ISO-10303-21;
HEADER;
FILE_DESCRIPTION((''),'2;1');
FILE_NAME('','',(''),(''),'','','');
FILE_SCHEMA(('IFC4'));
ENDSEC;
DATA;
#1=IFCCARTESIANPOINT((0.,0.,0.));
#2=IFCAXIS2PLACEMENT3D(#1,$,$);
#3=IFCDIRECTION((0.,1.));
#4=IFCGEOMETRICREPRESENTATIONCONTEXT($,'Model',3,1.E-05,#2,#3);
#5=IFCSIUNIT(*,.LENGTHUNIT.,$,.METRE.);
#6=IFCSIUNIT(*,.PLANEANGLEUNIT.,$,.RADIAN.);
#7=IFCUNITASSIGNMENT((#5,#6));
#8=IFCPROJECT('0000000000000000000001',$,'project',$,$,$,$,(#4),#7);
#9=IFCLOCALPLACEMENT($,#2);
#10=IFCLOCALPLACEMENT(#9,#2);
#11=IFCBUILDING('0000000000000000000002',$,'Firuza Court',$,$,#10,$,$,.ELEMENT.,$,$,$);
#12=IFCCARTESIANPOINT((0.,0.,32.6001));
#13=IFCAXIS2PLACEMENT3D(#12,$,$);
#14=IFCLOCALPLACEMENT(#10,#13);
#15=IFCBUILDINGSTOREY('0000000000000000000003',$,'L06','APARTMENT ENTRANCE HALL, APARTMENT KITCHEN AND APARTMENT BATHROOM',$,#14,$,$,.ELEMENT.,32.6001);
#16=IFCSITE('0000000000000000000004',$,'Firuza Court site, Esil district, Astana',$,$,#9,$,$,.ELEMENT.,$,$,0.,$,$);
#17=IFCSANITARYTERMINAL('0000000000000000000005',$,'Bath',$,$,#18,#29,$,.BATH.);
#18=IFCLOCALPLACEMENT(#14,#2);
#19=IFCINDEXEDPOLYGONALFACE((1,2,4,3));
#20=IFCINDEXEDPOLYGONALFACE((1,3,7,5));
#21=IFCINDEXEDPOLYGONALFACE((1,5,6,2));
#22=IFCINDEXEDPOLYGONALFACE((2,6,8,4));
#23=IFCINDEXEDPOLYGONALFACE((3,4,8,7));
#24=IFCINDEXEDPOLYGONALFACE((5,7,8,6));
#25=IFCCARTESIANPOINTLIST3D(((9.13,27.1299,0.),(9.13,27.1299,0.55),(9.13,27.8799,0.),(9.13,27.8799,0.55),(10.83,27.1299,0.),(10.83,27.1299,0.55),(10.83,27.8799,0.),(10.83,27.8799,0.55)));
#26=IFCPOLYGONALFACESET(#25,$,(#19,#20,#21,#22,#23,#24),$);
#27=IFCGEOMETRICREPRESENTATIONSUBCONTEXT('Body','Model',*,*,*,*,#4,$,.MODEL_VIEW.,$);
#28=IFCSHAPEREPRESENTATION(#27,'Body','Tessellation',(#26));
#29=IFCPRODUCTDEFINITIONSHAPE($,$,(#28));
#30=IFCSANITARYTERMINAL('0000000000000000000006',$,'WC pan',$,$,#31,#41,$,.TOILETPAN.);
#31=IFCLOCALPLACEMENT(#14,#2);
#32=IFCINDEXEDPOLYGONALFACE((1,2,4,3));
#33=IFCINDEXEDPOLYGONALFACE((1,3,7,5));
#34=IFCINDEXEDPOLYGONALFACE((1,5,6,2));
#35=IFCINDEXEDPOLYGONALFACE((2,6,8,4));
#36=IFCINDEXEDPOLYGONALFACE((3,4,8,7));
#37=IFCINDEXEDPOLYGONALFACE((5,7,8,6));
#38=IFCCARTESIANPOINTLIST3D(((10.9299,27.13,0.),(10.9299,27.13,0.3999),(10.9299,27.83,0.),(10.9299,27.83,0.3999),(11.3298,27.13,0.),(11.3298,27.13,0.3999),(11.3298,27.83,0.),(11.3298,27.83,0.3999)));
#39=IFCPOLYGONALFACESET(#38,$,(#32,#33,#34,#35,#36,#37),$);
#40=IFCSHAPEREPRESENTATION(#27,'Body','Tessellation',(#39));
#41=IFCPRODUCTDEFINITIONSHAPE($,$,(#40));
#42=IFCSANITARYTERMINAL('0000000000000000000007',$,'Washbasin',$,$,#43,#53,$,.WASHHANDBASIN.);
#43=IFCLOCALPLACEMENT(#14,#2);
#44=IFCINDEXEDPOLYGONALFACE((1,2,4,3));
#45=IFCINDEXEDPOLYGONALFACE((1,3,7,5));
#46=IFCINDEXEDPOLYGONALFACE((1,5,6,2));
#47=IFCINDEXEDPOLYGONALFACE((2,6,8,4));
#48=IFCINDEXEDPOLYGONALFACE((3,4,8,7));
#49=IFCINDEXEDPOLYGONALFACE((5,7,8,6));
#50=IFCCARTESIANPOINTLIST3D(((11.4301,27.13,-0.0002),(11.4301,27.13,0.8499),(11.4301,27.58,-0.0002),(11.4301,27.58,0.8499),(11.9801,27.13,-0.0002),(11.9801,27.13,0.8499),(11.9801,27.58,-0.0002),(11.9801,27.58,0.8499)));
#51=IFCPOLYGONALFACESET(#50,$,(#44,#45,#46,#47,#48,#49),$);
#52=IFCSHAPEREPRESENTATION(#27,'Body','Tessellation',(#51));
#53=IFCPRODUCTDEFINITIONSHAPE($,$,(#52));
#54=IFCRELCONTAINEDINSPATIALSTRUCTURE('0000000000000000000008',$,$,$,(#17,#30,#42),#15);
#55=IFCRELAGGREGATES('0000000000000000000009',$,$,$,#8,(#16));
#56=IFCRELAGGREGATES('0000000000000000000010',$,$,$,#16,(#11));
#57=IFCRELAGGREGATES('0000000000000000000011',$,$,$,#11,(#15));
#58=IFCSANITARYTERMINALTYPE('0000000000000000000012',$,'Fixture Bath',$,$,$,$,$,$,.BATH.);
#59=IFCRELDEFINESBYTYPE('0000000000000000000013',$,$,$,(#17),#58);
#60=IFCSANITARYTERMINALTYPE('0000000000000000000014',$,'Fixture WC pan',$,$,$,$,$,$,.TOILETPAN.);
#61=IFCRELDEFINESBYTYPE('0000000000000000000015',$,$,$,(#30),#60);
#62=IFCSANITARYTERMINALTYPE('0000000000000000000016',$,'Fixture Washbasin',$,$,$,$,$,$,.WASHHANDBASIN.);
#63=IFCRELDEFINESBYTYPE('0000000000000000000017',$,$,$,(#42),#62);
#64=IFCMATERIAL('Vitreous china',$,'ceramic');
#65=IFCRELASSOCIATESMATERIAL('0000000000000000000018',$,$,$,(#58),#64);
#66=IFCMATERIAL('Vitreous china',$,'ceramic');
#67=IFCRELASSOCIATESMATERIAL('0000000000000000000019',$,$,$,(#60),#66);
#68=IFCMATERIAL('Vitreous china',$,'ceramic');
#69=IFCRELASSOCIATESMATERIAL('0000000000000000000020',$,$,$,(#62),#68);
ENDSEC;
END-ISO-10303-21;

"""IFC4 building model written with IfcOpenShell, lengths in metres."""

from ifc_helpers import new_model, si_unit, direction, frame, origin, origin_2d, place, context, subcontext, project, spatial, rectangle, extrude, material, type_object, element, save


model = new_model("IFC4")

# Units and contexts
model_context = context("Model", 3, precision=1e-05, world=origin(), true_north=direction((0.0, 1.0)))
body_context = subcontext(model_context, "Body", "Model", "MODEL_VIEW")
ifc_project = project(units=[si_unit("LENGTHUNIT", "METRE"), si_unit("PLANEANGLEUNIT", "RADIAN")], contexts=[model_context])

# Site, building, storey
site_placement = place(None, origin())
site = spatial("IfcSite", under=ifc_project, at=site_placement, Name="Firuza Court site, Esil district, Astana", CompositionType="ELEMENT", RefElevation=0.0)
building_placement = place(site_placement, origin())
building = spatial("IfcBuilding", under=site, at=building_placement, Name="Firuza Court", CompositionType="ELEMENT")
storey_placement = place(building_placement, frame((0.0, 0.0, 32.6001)))
storey = spatial("IfcBuildingStorey", under=building, at=storey_placement, Name="L06", Description="APARTMENT ENTRANCE HALL, APARTMENT KITCHEN AND APARTMENT BATHROOM", CompositionType="ELEMENT", Elevation=32.6001)

# Sanitary terminals
ifc_material_1 = material(Name="Vitreous china", Category="ceramic")
sanitary_terminal_type_1 = type_object("IfcSanitaryTerminalType", Name="Fixture Bath", PredefinedType="BATH", material=ifc_material_1)
sanitary_terminal_1_placement = place(storey_placement, frame((9.98, 27.5049, 0.0), z_axis=(0.0, 0.0, 1.0), x_axis=(1.0, 0.0, 0.0)))
element("IfcSanitaryTerminal", 1, at=sanitary_terminal_1_placement, inside=storey, type_object=sanitary_terminal_type_1, Name="Bath", PredefinedType="BATH", context=body_context, shape_type="SweptSolid", body=[
    extrude(rectangle(XDim=1.7, YDim=0.75, at=origin_2d()), origin(), (0.0, 0.0, 1.0), 0.55),
])
ifc_material_2 = material(Name="Vitreous china", Category="ceramic")
sanitary_terminal_type_2 = type_object("IfcSanitaryTerminalType", Name="Fixture WC pan", PredefinedType="TOILETPAN", material=ifc_material_2)
sanitary_terminal_2_placement = place(storey_placement, frame((11.1299, 27.48, 0.0), z_axis=(0.0, 0.0, 1.0), x_axis=(1.0, 0.0, 0.0)))
element("IfcSanitaryTerminal", 2, at=sanitary_terminal_2_placement, inside=storey, type_object=sanitary_terminal_type_2, Name="WC pan", PredefinedType="TOILETPAN", context=body_context, shape_type="SweptSolid", body=[
    extrude(rectangle(XDim=0.3999, YDim=0.7, at=origin_2d()), origin(), (0.0, 0.0, 1.0), 0.3999),
])
ifc_material_3 = material(Name="Vitreous china", Category="ceramic")
sanitary_terminal_type_3 = type_object("IfcSanitaryTerminalType", Name="Fixture Washbasin", PredefinedType="WASHHANDBASIN", material=ifc_material_3)
sanitary_terminal_3_placement = place(storey_placement, frame((11.7051, 27.355, -0.0002), z_axis=(0.0, 0.0, 1.0), x_axis=(1.0, 0.0, 0.0)))
element("IfcSanitaryTerminal", 3, at=sanitary_terminal_3_placement, inside=storey, type_object=sanitary_terminal_type_3, Name="Washbasin", PredefinedType="WASHHANDBASIN", context=body_context, shape_type="SweptSolid", body=[
    extrude(rectangle(XDim=0.55, YDim=0.45, at=origin_2d()), origin(), (0.0, 0.0, 1.0), 0.8501),
])

save(model, "model.ifc")
